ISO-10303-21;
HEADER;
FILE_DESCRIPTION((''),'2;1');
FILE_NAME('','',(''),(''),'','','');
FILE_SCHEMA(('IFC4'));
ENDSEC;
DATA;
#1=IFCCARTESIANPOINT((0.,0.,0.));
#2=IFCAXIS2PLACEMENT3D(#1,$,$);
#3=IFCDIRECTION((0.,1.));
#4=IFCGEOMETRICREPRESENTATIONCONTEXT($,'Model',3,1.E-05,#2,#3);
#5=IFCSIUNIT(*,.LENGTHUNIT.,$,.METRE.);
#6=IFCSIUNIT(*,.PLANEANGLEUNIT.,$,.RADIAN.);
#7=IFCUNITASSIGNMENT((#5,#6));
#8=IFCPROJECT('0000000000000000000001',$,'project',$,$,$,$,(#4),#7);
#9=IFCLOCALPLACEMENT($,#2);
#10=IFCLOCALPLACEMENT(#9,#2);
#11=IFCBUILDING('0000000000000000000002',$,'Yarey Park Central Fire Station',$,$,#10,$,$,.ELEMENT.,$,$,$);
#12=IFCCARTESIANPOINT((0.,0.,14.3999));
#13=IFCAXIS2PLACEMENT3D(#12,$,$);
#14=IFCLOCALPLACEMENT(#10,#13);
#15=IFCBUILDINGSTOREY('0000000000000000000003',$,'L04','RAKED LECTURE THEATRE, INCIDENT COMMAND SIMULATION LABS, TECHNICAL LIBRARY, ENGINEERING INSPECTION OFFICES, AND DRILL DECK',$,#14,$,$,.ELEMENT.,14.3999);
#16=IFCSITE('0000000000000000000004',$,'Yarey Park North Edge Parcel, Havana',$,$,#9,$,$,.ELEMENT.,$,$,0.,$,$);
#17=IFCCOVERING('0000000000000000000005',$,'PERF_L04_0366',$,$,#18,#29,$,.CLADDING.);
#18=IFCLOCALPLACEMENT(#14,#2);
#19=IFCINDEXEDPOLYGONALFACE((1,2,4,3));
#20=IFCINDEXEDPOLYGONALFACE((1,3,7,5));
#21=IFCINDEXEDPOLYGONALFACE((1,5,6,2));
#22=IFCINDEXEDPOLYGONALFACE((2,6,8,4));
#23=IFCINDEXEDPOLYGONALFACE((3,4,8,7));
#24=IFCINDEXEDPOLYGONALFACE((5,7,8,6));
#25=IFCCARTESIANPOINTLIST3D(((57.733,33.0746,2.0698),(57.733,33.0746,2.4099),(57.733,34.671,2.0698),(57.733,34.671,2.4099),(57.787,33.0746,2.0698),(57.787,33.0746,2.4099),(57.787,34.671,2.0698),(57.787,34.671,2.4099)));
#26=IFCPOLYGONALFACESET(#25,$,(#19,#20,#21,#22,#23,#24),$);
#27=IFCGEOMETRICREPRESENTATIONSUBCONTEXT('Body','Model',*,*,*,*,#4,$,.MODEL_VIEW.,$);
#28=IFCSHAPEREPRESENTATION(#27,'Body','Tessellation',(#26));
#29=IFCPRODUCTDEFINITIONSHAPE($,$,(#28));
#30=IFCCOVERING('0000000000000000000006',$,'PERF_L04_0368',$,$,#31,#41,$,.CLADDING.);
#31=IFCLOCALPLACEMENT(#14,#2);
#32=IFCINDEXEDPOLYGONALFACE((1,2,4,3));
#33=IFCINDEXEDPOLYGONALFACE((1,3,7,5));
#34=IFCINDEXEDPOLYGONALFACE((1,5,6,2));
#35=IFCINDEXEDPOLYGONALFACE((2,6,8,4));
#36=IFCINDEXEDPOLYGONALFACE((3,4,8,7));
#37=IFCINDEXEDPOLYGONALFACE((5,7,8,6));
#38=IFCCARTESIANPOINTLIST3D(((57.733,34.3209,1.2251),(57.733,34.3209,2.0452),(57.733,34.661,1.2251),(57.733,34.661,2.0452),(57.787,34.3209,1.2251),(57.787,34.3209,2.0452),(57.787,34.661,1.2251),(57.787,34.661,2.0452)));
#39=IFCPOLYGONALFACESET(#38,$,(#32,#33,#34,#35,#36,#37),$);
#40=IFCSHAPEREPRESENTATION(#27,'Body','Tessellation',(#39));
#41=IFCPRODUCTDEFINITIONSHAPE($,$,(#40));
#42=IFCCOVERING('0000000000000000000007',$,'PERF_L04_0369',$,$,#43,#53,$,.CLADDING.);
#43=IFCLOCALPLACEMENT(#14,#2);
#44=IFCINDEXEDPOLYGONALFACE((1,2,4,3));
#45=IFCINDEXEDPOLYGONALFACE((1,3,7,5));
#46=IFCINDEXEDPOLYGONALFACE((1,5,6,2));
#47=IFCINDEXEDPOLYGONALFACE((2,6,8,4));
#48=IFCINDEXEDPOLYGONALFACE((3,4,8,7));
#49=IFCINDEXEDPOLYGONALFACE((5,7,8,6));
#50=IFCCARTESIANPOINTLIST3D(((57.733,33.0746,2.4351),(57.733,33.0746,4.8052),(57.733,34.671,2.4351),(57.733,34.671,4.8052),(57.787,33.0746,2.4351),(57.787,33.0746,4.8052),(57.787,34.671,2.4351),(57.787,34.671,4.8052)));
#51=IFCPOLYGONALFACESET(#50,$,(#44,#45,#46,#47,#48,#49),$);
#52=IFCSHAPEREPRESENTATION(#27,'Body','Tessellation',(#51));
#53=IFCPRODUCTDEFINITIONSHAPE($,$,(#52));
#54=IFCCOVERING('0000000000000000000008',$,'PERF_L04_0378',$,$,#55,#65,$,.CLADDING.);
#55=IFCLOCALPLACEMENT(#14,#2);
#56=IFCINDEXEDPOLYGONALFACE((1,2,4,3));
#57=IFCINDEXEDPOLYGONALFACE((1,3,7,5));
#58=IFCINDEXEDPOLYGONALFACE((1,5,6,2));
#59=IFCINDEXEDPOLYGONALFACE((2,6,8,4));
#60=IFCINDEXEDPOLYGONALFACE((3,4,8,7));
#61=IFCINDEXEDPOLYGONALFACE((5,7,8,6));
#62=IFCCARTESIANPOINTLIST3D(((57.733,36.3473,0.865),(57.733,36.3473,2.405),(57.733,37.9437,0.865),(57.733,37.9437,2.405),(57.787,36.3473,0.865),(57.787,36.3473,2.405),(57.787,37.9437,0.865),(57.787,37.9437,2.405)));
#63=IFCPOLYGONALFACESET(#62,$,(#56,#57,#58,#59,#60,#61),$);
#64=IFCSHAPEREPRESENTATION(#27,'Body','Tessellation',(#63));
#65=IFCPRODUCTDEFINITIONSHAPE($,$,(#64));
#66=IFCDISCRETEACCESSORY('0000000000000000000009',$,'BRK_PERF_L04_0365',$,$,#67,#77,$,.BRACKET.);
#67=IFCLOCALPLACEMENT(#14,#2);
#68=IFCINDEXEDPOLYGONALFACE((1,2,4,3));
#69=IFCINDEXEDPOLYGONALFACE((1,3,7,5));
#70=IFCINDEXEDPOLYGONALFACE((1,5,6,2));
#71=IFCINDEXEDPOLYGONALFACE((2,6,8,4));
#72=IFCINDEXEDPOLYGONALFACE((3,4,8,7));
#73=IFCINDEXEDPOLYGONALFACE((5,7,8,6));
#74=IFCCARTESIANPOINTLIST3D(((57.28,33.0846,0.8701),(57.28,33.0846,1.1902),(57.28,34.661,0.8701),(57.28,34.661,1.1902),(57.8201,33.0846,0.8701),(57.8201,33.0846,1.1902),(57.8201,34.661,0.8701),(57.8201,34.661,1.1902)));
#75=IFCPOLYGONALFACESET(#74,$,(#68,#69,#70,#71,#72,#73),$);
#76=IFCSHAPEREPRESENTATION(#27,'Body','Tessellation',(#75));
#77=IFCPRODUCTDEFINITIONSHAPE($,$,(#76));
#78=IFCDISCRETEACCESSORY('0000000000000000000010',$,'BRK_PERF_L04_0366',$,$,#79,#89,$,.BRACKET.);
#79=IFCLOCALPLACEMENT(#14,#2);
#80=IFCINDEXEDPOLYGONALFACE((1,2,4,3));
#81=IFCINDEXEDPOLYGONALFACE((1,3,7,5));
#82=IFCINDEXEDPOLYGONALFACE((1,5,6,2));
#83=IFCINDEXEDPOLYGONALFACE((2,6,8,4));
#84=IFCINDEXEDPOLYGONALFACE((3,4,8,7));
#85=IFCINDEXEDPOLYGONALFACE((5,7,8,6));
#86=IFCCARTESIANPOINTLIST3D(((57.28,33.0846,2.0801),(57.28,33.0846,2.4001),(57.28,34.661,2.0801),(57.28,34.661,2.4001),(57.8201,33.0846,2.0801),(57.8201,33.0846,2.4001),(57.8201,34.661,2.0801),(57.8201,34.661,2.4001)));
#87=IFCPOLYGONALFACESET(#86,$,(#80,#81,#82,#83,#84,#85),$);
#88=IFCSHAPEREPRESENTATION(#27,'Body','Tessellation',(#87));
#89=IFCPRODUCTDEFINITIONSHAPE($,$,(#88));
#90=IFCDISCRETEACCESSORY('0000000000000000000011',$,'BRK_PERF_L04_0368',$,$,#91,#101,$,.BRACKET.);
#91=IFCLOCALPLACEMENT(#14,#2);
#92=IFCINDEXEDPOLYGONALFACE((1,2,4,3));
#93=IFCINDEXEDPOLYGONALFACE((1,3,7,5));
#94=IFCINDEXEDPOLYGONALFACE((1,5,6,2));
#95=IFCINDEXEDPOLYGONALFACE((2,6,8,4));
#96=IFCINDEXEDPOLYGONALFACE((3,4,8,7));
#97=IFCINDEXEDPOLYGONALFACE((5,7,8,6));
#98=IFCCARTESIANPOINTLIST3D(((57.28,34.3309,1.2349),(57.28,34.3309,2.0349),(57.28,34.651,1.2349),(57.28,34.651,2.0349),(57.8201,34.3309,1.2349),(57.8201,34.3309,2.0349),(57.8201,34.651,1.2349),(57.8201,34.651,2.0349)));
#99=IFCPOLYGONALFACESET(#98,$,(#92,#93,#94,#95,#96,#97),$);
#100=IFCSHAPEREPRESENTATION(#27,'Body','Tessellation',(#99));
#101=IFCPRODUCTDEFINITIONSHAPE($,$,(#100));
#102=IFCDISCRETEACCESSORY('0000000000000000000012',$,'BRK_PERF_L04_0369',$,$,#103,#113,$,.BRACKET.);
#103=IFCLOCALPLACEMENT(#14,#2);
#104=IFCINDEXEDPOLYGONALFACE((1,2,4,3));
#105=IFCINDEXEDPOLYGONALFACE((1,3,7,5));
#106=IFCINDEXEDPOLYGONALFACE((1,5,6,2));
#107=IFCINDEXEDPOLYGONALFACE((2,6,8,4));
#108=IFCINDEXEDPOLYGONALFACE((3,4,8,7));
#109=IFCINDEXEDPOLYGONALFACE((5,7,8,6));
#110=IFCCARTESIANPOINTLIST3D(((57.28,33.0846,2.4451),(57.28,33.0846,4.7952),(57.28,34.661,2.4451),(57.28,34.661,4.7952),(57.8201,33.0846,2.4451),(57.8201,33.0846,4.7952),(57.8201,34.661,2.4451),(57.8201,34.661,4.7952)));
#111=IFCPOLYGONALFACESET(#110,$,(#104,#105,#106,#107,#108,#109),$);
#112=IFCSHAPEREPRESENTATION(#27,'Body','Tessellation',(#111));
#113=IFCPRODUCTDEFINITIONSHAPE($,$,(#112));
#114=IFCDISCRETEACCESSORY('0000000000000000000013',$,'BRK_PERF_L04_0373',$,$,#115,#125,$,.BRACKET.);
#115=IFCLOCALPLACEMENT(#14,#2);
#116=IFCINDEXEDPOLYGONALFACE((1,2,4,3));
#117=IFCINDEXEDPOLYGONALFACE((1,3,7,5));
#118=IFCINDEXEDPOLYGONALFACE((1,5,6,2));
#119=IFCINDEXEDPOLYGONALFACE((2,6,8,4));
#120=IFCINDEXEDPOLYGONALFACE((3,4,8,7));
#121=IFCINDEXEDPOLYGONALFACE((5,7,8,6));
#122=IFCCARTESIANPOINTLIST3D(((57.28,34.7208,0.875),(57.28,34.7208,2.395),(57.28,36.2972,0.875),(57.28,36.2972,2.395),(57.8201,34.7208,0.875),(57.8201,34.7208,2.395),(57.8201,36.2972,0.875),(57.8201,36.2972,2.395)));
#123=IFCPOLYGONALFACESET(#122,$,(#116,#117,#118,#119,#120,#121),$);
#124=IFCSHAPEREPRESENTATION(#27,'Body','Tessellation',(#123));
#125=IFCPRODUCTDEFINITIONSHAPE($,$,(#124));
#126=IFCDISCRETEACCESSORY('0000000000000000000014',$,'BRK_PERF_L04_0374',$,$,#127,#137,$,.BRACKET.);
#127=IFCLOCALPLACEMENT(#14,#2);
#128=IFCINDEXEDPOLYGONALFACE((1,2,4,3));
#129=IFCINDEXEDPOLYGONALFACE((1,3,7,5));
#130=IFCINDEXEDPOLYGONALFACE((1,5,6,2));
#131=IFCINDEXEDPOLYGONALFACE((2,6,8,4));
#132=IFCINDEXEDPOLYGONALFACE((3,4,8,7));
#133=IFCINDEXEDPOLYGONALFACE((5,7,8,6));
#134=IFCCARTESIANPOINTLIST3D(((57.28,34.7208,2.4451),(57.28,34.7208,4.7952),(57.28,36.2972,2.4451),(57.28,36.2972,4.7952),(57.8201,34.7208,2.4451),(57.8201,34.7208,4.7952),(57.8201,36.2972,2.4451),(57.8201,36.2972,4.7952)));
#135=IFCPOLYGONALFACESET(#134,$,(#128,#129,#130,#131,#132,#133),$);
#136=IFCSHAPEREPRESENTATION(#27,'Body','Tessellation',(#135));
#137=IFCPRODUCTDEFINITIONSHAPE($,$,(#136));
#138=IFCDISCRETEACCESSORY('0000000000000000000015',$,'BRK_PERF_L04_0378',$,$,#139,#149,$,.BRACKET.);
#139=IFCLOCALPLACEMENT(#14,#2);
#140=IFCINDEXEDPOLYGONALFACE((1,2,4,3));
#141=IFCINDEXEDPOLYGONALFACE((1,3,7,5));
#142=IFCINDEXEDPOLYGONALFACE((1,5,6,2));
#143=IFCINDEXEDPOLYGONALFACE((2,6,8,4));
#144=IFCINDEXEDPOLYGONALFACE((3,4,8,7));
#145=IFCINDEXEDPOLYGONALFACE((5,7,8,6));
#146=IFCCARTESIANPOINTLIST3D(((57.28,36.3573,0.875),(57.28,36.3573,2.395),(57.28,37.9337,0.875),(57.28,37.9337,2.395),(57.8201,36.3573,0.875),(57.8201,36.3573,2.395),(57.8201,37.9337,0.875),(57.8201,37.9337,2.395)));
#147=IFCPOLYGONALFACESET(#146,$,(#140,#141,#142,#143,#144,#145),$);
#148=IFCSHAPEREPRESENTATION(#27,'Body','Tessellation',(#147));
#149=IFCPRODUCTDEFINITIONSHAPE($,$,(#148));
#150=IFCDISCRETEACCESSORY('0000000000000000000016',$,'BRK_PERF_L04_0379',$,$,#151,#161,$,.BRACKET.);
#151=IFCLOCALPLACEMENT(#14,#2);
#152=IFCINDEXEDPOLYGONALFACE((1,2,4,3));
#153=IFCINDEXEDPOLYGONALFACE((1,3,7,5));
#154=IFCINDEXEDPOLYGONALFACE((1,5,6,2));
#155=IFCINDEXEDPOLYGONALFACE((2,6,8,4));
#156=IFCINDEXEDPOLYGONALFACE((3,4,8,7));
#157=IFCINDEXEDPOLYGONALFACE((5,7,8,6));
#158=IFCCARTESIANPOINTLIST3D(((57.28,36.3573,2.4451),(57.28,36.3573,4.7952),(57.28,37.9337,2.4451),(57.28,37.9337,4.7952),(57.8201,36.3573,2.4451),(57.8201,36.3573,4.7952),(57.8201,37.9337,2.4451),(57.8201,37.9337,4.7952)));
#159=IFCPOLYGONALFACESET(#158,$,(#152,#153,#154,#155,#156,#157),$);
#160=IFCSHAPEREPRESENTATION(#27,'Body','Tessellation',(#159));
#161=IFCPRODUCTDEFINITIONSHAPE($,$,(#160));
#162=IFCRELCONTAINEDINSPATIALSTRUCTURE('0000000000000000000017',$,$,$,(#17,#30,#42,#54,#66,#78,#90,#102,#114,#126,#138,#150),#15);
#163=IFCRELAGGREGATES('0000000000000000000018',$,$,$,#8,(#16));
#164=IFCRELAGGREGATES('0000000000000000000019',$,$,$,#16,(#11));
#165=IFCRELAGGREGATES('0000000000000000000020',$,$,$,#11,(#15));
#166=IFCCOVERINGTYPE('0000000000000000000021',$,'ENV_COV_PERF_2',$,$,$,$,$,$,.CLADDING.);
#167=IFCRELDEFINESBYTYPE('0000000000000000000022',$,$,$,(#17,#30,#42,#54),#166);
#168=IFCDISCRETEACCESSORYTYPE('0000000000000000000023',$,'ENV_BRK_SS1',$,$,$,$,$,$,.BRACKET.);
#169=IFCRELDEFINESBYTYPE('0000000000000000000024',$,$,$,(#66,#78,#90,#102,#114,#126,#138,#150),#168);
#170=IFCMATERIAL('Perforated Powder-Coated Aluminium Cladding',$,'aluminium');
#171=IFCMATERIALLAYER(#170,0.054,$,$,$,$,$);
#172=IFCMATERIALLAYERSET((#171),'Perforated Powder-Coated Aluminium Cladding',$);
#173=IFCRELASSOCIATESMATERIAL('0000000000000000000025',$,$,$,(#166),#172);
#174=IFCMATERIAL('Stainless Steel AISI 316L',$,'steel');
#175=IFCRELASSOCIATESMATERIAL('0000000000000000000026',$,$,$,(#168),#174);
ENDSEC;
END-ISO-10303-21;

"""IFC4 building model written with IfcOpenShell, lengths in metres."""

from ifc_helpers import new_model, si_unit, direction, frame, origin, origin_2d, place, context, subcontext, project, spatial, rectangle, extrude, material, layer, layer_set, type_object, element, save


model = new_model("IFC4")

# Units and contexts
model_context = context("Model", 3, precision=1e-05, world=origin(), true_north=direction((0.0, 1.0)))
body_context = subcontext(model_context, "Body", "Model", "MODEL_VIEW")
ifc_project = project(units=[si_unit("LENGTHUNIT", "METRE"), si_unit("PLANEANGLEUNIT", "RADIAN")], contexts=[model_context])

# Site, building, storey
site_placement = place(None, origin())
site = spatial("IfcSite", under=ifc_project, at=site_placement, Name="Yarey Park North Edge Parcel, Havana", CompositionType="ELEMENT", RefElevation=0.0)
building_placement = place(site_placement, origin())
building = spatial("IfcBuilding", under=site, at=building_placement, Name="Yarey Park Central Fire Station", CompositionType="ELEMENT")
storey_placement = place(building_placement, frame((0.0, 0.0, 14.3999)))
storey = spatial("IfcBuildingStorey", under=building, at=storey_placement, Name="L04", Description="RAKED LECTURE THEATRE, INCIDENT COMMAND SIMULATION LABS, TECHNICAL LIBRARY, ENGINEERING INSPECTION OFFICES, AND DRILL DECK", CompositionType="ELEMENT", Elevation=14.3999)

# Coverings
ifc_material_1 = material(Name="Perforated Powder-Coated Aluminium Cladding", Category="aluminium")
ifc_layer_1 = layer(ifc_material_1, 0.054)
ifc_layer_set_1 = layer_set([ifc_layer_1], Name="Perforated Powder-Coated Aluminium Cladding")
covering_type_1 = type_object("IfcCoveringType", Name="ENV_COV_PERF_2", PredefinedType="CLADDING", material=ifc_layer_set_1)
for number, where, z_axis, x_axis, name in (
    (1, (57.76, 33.8728, 2.0698), (0.0, 0.0, 1.0), (0.0, 1.0, 0.0), "PERF_L04_0366"),
):
    element("IfcCovering", number, at=place(storey_placement, frame(where, z_axis=z_axis, x_axis=x_axis)), inside=storey, type_object=covering_type_1, Name=name, PredefinedType="CLADDING", context=body_context, shape_type="SweptSolid", body=[
        extrude(rectangle(XDim=1.5964, YDim=0.054, at=origin_2d()), origin(), (0.0, 0.0, 1.0), 0.3401),
    ])
covering_1_placement = place(storey_placement, frame((57.76, 34.491, 1.2251), z_axis=(0.0, 0.0, 1.0), x_axis=(0.0, 1.0, 0.0)))
element("IfcCovering", 2, at=covering_1_placement, inside=storey, type_object=covering_type_1, Name="PERF_L04_0368", PredefinedType="CLADDING", context=body_context, shape_type="SweptSolid", body=[
    extrude(rectangle(XDim=0.3401, YDim=0.054, at=origin_2d()), origin(), (0.0, 0.0, 1.0), 0.8201),
])
covering_2_placement = place(storey_placement, frame((57.76, 33.8728, 2.4351), z_axis=(0.0, 0.0, 1.0), x_axis=(0.0, 1.0, 0.0)))
element("IfcCovering", 3, at=covering_2_placement, inside=storey, type_object=covering_type_1, Name="PERF_L04_0369", PredefinedType="CLADDING", context=body_context, shape_type="SweptSolid", body=[
    extrude(rectangle(XDim=1.5964, YDim=0.054, at=origin_2d()), origin(), (0.0, 0.0, 1.0), 2.3701),
])
covering_3_placement = place(storey_placement, frame((57.76, 37.1455, 0.865), z_axis=(0.0, 0.0, 1.0), x_axis=(0.0, 1.0, 0.0)))
element("IfcCovering", 4, at=covering_3_placement, inside=storey, type_object=covering_type_1, Name="PERF_L04_0378", PredefinedType="CLADDING", context=body_context, shape_type="SweptSolid", body=[
    extrude(rectangle(XDim=1.5964, YDim=0.054, at=origin_2d()), origin(), (0.0, 0.0, 1.0), 1.54),
])

# Discrete accessories
ifc_material_2 = material(Name="Stainless Steel AISI 316L", Category="steel")
discrete_accessory_type = type_object("IfcDiscreteAccessoryType", Name="ENV_BRK_SS1", PredefinedType="BRACKET", material=ifc_material_2)
for number, where, z_axis, x_axis, name in (
    (5, (57.55, 33.8728, 0.8701), (0.0, 0.0, 1.0), (1.0, 0.0, 0.0), "BRK_PERF_L04_0365"),
    (6, (57.55, 33.8728, 2.0801), (0.0, 0.0, 1.0), (1.0, 0.0, 0.0), "BRK_PERF_L04_0366"),
):
    element("IfcDiscreteAccessory", number, at=place(storey_placement, frame(where, z_axis=z_axis, x_axis=x_axis)), inside=storey, type_object=discrete_accessory_type, Name=name, PredefinedType="BRACKET", context=body_context, shape_type="SweptSolid", body=[
        extrude(rectangle(XDim=0.54, YDim=1.5764, at=origin_2d()), origin(), (0.0, 0.0, 1.0), 0.3201),
    ])
discrete_accessory_1_placement = place(storey_placement, frame((57.55, 34.491, 1.2349), z_axis=(0.0, 0.0, 1.0), x_axis=(1.0, 0.0, 0.0)))
element("IfcDiscreteAccessory", 7, at=discrete_accessory_1_placement, inside=storey, type_object=discrete_accessory_type, Name="BRK_PERF_L04_0368", PredefinedType="BRACKET", context=body_context, shape_type="SweptSolid", body=[
    extrude(rectangle(XDim=0.54, YDim=0.3201, at=origin_2d()), origin(), (0.0, 0.0, 1.0), 0.8),
])
discrete_accessory_2_placement = place(storey_placement, frame((57.55, 33.8728, 2.4451), z_axis=(0.0, 0.0, 1.0), x_axis=(1.0, 0.0, 0.0)))
element("IfcDiscreteAccessory", 8, at=discrete_accessory_2_placement, inside=storey, type_object=discrete_accessory_type, Name="BRK_PERF_L04_0369", PredefinedType="BRACKET", context=body_context, shape_type="SweptSolid", body=[
    extrude(rectangle(XDim=0.54, YDim=1.5764, at=origin_2d()), origin(), (0.0, 0.0, 1.0), 2.3501),
])
discrete_accessory_3_placement = place(storey_placement, frame((57.55, 35.509, 0.875), z_axis=(0.0, 0.0, 1.0), x_axis=(1.0, 0.0, 0.0)))
element("IfcDiscreteAccessory", 9, at=discrete_accessory_3_placement, inside=storey, type_object=discrete_accessory_type, Name="BRK_PERF_L04_0373", PredefinedType="BRACKET", context=body_context, shape_type="SweptSolid", body=[
    extrude(rectangle(XDim=0.54, YDim=1.5764, at=origin_2d()), origin(), (0.0, 0.0, 1.0), 1.52),
])
discrete_accessory_4_placement = place(storey_placement, frame((57.55, 35.509, 2.4451), z_axis=(0.0, 0.0, 1.0), x_axis=(1.0, 0.0, 0.0)))
element("IfcDiscreteAccessory", 10, at=discrete_accessory_4_placement, inside=storey, type_object=discrete_accessory_type, Name="BRK_PERF_L04_0374", PredefinedType="BRACKET", context=body_context, shape_type="SweptSolid", body=[
    extrude(rectangle(XDim=0.54, YDim=1.5764, at=origin_2d()), origin(), (0.0, 0.0, 1.0), 2.3501),
])
discrete_accessory_5_placement = place(storey_placement, frame((57.55, 37.1455, 0.875), z_axis=(0.0, 0.0, 1.0), x_axis=(1.0, 0.0, 0.0)))
element("IfcDiscreteAccessory", 11, at=discrete_accessory_5_placement, inside=storey, type_object=discrete_accessory_type, Name="BRK_PERF_L04_0378", PredefinedType="BRACKET", context=body_context, shape_type="SweptSolid", body=[
    extrude(rectangle(XDim=0.54, YDim=1.5764, at=origin_2d()), origin(), (0.0, 0.0, 1.0), 1.52),
])
discrete_accessory_6_placement = place(storey_placement, frame((57.55, 37.1455, 2.4451), z_axis=(0.0, 0.0, 1.0), x_axis=(1.0, 0.0, 0.0)))
element("IfcDiscreteAccessory", 12, at=discrete_accessory_6_placement, inside=storey, type_object=discrete_accessory_type, Name="BRK_PERF_L04_0379", PredefinedType="BRACKET", context=body_context, shape_type="SweptSolid", body=[
    extrude(rectangle(XDim=0.54, YDim=1.5764, at=origin_2d()), origin(), (0.0, 0.0, 1.0), 2.3501),
])

save(model, "model.ifc")
